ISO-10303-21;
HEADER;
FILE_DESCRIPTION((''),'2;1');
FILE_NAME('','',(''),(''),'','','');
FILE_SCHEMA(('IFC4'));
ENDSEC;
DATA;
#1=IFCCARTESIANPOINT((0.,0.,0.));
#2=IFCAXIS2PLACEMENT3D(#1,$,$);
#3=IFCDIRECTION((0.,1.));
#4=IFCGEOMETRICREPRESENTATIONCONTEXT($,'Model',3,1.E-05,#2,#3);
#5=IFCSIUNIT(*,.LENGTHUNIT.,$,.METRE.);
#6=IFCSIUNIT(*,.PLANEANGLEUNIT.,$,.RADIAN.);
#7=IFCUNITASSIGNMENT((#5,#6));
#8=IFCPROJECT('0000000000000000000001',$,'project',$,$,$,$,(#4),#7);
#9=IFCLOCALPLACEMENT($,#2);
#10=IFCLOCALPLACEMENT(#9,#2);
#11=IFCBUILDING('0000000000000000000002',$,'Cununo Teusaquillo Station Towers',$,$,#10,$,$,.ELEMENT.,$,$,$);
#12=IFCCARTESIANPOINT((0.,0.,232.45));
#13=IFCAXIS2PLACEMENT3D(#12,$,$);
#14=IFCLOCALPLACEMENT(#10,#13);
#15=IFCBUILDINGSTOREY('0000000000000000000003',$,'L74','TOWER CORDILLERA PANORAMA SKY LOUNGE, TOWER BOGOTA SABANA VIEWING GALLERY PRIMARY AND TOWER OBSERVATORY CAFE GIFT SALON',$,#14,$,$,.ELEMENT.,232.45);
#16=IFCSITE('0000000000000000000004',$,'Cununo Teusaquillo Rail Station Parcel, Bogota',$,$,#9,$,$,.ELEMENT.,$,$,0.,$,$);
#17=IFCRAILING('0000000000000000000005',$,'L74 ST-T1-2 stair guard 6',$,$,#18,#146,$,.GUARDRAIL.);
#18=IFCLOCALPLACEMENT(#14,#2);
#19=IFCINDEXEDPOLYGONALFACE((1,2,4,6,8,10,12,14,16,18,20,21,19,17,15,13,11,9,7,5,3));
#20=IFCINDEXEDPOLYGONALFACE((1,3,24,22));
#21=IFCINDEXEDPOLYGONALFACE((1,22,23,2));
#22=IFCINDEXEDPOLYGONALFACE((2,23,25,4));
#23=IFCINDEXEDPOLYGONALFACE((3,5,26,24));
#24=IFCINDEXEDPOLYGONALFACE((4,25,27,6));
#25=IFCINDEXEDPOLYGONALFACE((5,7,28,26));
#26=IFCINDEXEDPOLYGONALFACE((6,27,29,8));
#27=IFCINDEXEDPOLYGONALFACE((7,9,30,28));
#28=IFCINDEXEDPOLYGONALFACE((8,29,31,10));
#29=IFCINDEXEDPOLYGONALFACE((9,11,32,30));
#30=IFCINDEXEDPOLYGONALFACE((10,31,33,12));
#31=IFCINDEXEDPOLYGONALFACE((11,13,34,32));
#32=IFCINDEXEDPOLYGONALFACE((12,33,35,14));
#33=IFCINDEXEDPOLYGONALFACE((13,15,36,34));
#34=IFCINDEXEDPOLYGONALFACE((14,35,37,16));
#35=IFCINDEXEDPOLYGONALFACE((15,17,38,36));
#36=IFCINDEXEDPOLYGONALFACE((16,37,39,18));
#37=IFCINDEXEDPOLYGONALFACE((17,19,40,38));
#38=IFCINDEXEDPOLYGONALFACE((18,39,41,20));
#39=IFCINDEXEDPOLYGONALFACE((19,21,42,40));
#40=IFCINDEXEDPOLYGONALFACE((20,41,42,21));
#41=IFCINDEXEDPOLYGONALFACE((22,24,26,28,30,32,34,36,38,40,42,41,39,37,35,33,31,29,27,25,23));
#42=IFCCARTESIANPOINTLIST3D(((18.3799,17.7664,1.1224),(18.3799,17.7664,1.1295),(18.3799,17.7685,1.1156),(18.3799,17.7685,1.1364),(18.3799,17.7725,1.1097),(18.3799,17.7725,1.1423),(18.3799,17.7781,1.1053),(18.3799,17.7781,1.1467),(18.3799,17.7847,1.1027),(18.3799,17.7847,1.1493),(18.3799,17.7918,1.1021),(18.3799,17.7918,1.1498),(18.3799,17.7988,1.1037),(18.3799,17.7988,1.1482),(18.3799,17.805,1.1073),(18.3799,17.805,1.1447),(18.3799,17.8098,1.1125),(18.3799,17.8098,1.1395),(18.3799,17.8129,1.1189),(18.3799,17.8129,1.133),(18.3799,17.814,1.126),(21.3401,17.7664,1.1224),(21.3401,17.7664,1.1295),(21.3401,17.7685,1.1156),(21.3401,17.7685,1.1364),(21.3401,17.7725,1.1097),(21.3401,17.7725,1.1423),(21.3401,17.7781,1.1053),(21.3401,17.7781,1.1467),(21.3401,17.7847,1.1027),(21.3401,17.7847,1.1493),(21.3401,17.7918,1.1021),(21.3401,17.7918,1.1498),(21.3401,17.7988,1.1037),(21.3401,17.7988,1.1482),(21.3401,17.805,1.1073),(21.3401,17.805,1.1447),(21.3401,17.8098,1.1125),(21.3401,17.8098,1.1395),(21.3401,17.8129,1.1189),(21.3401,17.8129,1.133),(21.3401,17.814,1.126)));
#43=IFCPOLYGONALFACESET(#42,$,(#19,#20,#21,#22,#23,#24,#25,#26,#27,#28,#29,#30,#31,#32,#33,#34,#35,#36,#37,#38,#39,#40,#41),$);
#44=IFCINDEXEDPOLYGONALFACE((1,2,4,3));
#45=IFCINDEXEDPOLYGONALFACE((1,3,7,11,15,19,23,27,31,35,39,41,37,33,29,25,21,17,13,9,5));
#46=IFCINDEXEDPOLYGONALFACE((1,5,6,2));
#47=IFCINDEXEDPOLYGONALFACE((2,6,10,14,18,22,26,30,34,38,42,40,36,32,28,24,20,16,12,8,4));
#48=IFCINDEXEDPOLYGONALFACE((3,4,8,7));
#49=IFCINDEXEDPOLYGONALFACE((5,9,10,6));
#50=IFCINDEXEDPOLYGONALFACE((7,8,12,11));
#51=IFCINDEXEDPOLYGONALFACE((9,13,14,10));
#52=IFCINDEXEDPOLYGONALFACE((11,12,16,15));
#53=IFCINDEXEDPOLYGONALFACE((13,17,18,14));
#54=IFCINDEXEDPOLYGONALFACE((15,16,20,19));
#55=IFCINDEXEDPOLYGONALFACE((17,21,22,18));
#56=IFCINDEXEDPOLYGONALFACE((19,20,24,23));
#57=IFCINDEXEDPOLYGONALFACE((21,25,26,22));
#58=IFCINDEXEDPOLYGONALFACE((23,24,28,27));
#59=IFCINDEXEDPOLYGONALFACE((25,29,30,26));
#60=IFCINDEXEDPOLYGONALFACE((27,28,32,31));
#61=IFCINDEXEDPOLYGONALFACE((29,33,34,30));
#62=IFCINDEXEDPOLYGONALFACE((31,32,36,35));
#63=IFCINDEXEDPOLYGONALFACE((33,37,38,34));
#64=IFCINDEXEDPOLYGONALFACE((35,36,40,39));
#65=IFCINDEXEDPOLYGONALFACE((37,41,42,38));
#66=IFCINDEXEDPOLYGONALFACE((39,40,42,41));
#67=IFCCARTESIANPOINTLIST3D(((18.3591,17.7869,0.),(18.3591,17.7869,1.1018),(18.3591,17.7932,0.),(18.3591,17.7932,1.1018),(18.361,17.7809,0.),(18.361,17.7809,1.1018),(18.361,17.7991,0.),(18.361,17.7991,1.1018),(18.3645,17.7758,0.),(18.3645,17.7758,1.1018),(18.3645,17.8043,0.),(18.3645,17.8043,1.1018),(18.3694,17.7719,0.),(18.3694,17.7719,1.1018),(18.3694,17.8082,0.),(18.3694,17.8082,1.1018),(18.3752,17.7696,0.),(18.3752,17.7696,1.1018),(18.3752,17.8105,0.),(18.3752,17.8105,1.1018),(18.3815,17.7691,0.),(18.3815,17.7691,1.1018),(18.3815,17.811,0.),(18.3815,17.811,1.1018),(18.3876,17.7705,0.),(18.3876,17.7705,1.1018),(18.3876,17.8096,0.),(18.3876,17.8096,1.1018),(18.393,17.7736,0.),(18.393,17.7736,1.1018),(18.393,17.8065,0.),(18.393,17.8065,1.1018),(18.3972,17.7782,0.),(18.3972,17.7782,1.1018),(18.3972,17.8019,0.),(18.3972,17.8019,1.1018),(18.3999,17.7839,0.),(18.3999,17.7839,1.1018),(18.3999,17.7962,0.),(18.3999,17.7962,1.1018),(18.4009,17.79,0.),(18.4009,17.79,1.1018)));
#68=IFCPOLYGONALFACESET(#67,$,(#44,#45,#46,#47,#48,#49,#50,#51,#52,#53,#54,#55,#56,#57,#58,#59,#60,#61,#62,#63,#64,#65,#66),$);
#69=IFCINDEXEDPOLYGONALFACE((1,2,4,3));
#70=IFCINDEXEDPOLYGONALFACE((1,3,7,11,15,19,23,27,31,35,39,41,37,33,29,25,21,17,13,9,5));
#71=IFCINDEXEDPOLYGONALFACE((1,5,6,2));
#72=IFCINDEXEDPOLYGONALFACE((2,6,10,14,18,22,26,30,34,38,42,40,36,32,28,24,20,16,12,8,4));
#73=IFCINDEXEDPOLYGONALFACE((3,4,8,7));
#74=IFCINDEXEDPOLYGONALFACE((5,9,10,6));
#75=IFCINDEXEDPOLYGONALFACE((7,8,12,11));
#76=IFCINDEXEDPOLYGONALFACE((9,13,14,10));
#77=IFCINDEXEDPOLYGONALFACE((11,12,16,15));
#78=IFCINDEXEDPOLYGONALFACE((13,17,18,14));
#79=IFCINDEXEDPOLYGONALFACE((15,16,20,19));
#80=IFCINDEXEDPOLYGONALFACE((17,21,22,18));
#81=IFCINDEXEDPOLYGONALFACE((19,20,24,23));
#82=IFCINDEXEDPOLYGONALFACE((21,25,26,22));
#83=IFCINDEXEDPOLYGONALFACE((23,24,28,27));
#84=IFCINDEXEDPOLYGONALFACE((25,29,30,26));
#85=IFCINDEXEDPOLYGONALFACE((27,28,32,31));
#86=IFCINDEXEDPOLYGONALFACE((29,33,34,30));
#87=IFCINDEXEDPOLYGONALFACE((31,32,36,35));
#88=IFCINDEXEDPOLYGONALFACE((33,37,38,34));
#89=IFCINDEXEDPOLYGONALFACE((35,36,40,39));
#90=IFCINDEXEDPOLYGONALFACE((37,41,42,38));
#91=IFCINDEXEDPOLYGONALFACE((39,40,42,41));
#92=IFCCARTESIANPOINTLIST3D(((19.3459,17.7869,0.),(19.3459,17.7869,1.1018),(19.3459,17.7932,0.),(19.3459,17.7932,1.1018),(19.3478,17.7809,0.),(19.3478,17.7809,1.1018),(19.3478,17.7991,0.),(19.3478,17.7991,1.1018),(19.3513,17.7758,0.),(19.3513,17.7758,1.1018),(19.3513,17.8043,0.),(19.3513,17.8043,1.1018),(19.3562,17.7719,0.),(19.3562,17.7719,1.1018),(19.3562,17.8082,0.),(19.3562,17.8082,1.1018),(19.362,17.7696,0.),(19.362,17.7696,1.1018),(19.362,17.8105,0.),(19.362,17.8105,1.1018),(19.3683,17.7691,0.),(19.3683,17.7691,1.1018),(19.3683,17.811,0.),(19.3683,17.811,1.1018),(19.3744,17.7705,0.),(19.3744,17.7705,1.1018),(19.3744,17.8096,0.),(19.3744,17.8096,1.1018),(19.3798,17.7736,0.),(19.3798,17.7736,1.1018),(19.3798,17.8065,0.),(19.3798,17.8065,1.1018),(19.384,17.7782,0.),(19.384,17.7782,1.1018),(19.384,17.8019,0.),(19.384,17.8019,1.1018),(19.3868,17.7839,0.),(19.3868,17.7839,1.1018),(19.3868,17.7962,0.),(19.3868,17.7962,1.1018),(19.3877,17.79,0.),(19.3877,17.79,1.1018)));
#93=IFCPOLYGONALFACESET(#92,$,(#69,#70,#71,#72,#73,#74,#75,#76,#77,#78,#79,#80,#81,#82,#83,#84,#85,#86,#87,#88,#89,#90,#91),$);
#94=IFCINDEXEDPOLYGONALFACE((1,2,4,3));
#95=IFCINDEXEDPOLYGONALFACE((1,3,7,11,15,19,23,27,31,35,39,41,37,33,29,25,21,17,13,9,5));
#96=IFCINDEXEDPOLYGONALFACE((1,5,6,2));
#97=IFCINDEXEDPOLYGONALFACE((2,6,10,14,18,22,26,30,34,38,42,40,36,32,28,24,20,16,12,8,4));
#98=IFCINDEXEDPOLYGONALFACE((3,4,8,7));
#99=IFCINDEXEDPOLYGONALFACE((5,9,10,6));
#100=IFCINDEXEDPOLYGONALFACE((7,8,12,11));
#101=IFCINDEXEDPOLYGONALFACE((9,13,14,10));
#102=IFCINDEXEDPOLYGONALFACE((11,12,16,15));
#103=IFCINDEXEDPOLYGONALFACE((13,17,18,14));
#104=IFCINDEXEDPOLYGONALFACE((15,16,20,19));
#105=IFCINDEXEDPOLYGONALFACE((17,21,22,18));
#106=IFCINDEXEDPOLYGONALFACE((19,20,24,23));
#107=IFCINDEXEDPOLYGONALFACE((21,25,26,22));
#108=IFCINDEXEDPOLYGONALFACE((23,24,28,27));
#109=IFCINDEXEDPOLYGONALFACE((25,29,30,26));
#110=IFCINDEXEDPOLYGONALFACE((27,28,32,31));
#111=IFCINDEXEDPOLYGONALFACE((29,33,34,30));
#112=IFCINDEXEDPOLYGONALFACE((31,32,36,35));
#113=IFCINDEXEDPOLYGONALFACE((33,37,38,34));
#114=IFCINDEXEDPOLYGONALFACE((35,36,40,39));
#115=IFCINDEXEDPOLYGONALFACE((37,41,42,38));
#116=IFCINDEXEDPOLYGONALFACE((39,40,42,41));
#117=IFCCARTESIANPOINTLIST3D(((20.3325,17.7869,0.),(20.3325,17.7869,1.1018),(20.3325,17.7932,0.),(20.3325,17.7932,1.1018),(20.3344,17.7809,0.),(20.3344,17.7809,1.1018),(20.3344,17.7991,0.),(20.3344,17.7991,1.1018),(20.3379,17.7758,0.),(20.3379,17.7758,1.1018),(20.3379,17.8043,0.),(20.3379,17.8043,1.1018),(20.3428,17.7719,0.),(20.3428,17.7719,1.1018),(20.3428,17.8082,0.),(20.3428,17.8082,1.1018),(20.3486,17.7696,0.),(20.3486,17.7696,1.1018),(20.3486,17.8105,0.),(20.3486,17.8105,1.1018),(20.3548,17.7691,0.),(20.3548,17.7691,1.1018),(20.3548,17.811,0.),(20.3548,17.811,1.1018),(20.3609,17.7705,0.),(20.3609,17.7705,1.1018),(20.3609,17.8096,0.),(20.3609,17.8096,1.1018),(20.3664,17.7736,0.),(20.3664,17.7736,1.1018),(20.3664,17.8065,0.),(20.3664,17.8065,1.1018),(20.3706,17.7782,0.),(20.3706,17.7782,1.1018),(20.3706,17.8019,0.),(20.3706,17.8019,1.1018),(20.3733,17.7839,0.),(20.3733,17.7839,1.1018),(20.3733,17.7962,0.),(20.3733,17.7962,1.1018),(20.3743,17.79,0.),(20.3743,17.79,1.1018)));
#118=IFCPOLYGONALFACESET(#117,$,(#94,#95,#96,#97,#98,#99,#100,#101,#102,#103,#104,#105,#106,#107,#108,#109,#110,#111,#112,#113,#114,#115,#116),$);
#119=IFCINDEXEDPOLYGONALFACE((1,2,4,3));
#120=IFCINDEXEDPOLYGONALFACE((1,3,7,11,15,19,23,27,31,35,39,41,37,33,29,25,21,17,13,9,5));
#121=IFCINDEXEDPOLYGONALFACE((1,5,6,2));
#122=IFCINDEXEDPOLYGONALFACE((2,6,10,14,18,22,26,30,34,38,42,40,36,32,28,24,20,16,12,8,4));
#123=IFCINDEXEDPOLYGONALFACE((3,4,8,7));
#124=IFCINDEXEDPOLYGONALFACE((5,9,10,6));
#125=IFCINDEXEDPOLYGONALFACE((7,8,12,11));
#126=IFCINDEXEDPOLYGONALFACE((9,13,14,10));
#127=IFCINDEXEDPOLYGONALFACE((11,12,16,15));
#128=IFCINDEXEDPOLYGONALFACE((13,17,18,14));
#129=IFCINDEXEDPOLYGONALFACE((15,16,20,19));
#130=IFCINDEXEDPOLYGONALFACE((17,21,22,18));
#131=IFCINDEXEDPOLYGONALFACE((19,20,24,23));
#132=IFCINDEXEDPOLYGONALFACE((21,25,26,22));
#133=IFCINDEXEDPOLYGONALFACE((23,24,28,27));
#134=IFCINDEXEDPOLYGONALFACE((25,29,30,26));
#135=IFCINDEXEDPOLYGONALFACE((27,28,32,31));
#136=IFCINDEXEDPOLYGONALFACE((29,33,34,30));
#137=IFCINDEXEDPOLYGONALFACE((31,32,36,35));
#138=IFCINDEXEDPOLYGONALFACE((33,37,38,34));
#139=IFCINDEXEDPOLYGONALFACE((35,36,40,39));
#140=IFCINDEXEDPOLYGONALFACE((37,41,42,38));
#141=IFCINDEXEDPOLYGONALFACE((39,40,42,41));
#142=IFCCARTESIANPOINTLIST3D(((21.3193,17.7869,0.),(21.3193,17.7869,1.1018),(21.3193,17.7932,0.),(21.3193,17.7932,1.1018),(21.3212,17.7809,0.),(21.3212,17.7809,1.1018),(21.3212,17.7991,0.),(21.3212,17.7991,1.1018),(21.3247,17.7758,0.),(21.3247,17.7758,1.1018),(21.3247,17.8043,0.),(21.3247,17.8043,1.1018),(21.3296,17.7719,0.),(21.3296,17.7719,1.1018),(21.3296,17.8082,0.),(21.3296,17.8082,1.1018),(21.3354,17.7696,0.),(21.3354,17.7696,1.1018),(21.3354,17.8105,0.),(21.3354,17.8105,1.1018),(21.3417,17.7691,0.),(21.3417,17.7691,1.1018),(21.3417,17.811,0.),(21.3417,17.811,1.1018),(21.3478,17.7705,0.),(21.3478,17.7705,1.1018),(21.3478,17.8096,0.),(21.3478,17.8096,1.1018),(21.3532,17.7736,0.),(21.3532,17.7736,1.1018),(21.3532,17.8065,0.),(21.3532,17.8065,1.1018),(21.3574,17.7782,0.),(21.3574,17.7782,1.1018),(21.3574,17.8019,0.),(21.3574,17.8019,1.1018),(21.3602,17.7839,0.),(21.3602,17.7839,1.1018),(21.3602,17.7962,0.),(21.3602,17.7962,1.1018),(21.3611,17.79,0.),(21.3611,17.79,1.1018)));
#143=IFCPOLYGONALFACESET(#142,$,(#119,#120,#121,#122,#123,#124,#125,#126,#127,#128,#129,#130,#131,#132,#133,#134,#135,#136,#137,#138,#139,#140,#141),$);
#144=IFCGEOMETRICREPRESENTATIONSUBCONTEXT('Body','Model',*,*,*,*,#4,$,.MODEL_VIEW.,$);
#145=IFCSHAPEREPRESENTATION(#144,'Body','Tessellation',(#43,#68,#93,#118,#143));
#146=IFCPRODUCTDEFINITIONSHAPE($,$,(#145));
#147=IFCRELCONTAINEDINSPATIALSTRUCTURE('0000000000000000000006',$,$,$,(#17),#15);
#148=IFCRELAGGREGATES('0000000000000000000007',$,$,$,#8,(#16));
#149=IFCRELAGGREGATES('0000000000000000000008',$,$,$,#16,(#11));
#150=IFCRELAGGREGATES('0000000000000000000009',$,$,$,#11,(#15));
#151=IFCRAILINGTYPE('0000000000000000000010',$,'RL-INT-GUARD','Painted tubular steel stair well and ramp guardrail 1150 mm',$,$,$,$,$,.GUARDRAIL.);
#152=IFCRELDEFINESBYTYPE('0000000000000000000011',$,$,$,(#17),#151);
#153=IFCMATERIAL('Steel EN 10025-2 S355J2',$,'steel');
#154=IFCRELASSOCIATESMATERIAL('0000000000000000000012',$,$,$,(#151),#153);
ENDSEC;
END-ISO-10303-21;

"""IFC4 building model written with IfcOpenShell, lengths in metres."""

from ifc_helpers import new_model, si_unit, direction, frame, origin, origin_2d, place, context, subcontext, project, spatial, circle, extrude, material, type_object, element, save


model = new_model("IFC4")

# Units and contexts
model_context = context("Model", 3, precision=1e-05, world=origin(), true_north=direction((0.0, 1.0)))
body_context = subcontext(model_context, "Body", "Model", "MODEL_VIEW")
ifc_project = project(units=[si_unit("LENGTHUNIT", "METRE"), si_unit("PLANEANGLEUNIT", "RADIAN")], contexts=[model_context])

# Site, building, storey
site_placement = place(None, origin())
site = spatial("IfcSite", under=ifc_project, at=site_placement, Name="Cununo Teusaquillo Rail Station Parcel, Bogota", CompositionType="ELEMENT", RefElevation=0.0)
building_placement = place(site_placement, origin())
building = spatial("IfcBuilding", under=site, at=building_placement, Name="Cununo Teusaquillo Station Towers", CompositionType="ELEMENT")
storey_placement = place(building_placement, frame((0.0, 0.0, 232.45)))
storey = spatial("IfcBuildingStorey", under=building, at=storey_placement, Name="L74", Description="TOWER CORDILLERA PANORAMA SKY LOUNGE, TOWER BOGOTA SABANA VIEWING GALLERY PRIMARY AND TOWER OBSERVATORY CAFE GIFT SALON", CompositionType="ELEMENT", Elevation=232.45)

# Railing
ifc_material_1 = material(Name="Steel EN 10025-2 S355J2", Category="steel")
railing_type_1 = type_object("IfcRailingType", Name="RL-INT-GUARD", Description="Painted tubular steel stair well and ramp guardrail 1150 mm", PredefinedType="GUARDRAIL", material=ifc_material_1)
railing_1_placement = place(storey_placement, frame((18.3799, 17.79, 0.0)))
element("IfcRailing", 1, at=railing_1_placement, inside=storey, type_object=railing_type_1, Name="L74 ST-T1-2 stair guard 6", PredefinedType="GUARDRAIL", context=body_context, shape_type="SweptSolid", body=[
    extrude(circle(Radius=0.0239, at=origin_2d()), frame((0.0, 0.0, 1.126), z_axis=(1.0, 0.0, 0.0), x_axis=(0.0, 1.0, 0.0)), (0.0, 0.0, 1.0), 2.9602),
    extrude(circle(Radius=0.021, at=origin_2d()), origin(), (0.0, 0.0, 1.0), 1.1018),
    extrude(circle(Radius=0.021, at=origin_2d()), frame((0.9868, 0.0, 0.0)), (0.0, 0.0, 1.0), 1.1018),
    extrude(circle(Radius=0.021, at=origin_2d()), frame((1.9734, 0.0, 0.0)), (0.0, 0.0, 1.0), 1.1018),
    extrude(circle(Radius=0.021, at=origin_2d()), frame((2.9602, 0.0, 0.0)), (0.0, 0.0, 1.0), 1.1018),
])

save(model, "model.ifc")
